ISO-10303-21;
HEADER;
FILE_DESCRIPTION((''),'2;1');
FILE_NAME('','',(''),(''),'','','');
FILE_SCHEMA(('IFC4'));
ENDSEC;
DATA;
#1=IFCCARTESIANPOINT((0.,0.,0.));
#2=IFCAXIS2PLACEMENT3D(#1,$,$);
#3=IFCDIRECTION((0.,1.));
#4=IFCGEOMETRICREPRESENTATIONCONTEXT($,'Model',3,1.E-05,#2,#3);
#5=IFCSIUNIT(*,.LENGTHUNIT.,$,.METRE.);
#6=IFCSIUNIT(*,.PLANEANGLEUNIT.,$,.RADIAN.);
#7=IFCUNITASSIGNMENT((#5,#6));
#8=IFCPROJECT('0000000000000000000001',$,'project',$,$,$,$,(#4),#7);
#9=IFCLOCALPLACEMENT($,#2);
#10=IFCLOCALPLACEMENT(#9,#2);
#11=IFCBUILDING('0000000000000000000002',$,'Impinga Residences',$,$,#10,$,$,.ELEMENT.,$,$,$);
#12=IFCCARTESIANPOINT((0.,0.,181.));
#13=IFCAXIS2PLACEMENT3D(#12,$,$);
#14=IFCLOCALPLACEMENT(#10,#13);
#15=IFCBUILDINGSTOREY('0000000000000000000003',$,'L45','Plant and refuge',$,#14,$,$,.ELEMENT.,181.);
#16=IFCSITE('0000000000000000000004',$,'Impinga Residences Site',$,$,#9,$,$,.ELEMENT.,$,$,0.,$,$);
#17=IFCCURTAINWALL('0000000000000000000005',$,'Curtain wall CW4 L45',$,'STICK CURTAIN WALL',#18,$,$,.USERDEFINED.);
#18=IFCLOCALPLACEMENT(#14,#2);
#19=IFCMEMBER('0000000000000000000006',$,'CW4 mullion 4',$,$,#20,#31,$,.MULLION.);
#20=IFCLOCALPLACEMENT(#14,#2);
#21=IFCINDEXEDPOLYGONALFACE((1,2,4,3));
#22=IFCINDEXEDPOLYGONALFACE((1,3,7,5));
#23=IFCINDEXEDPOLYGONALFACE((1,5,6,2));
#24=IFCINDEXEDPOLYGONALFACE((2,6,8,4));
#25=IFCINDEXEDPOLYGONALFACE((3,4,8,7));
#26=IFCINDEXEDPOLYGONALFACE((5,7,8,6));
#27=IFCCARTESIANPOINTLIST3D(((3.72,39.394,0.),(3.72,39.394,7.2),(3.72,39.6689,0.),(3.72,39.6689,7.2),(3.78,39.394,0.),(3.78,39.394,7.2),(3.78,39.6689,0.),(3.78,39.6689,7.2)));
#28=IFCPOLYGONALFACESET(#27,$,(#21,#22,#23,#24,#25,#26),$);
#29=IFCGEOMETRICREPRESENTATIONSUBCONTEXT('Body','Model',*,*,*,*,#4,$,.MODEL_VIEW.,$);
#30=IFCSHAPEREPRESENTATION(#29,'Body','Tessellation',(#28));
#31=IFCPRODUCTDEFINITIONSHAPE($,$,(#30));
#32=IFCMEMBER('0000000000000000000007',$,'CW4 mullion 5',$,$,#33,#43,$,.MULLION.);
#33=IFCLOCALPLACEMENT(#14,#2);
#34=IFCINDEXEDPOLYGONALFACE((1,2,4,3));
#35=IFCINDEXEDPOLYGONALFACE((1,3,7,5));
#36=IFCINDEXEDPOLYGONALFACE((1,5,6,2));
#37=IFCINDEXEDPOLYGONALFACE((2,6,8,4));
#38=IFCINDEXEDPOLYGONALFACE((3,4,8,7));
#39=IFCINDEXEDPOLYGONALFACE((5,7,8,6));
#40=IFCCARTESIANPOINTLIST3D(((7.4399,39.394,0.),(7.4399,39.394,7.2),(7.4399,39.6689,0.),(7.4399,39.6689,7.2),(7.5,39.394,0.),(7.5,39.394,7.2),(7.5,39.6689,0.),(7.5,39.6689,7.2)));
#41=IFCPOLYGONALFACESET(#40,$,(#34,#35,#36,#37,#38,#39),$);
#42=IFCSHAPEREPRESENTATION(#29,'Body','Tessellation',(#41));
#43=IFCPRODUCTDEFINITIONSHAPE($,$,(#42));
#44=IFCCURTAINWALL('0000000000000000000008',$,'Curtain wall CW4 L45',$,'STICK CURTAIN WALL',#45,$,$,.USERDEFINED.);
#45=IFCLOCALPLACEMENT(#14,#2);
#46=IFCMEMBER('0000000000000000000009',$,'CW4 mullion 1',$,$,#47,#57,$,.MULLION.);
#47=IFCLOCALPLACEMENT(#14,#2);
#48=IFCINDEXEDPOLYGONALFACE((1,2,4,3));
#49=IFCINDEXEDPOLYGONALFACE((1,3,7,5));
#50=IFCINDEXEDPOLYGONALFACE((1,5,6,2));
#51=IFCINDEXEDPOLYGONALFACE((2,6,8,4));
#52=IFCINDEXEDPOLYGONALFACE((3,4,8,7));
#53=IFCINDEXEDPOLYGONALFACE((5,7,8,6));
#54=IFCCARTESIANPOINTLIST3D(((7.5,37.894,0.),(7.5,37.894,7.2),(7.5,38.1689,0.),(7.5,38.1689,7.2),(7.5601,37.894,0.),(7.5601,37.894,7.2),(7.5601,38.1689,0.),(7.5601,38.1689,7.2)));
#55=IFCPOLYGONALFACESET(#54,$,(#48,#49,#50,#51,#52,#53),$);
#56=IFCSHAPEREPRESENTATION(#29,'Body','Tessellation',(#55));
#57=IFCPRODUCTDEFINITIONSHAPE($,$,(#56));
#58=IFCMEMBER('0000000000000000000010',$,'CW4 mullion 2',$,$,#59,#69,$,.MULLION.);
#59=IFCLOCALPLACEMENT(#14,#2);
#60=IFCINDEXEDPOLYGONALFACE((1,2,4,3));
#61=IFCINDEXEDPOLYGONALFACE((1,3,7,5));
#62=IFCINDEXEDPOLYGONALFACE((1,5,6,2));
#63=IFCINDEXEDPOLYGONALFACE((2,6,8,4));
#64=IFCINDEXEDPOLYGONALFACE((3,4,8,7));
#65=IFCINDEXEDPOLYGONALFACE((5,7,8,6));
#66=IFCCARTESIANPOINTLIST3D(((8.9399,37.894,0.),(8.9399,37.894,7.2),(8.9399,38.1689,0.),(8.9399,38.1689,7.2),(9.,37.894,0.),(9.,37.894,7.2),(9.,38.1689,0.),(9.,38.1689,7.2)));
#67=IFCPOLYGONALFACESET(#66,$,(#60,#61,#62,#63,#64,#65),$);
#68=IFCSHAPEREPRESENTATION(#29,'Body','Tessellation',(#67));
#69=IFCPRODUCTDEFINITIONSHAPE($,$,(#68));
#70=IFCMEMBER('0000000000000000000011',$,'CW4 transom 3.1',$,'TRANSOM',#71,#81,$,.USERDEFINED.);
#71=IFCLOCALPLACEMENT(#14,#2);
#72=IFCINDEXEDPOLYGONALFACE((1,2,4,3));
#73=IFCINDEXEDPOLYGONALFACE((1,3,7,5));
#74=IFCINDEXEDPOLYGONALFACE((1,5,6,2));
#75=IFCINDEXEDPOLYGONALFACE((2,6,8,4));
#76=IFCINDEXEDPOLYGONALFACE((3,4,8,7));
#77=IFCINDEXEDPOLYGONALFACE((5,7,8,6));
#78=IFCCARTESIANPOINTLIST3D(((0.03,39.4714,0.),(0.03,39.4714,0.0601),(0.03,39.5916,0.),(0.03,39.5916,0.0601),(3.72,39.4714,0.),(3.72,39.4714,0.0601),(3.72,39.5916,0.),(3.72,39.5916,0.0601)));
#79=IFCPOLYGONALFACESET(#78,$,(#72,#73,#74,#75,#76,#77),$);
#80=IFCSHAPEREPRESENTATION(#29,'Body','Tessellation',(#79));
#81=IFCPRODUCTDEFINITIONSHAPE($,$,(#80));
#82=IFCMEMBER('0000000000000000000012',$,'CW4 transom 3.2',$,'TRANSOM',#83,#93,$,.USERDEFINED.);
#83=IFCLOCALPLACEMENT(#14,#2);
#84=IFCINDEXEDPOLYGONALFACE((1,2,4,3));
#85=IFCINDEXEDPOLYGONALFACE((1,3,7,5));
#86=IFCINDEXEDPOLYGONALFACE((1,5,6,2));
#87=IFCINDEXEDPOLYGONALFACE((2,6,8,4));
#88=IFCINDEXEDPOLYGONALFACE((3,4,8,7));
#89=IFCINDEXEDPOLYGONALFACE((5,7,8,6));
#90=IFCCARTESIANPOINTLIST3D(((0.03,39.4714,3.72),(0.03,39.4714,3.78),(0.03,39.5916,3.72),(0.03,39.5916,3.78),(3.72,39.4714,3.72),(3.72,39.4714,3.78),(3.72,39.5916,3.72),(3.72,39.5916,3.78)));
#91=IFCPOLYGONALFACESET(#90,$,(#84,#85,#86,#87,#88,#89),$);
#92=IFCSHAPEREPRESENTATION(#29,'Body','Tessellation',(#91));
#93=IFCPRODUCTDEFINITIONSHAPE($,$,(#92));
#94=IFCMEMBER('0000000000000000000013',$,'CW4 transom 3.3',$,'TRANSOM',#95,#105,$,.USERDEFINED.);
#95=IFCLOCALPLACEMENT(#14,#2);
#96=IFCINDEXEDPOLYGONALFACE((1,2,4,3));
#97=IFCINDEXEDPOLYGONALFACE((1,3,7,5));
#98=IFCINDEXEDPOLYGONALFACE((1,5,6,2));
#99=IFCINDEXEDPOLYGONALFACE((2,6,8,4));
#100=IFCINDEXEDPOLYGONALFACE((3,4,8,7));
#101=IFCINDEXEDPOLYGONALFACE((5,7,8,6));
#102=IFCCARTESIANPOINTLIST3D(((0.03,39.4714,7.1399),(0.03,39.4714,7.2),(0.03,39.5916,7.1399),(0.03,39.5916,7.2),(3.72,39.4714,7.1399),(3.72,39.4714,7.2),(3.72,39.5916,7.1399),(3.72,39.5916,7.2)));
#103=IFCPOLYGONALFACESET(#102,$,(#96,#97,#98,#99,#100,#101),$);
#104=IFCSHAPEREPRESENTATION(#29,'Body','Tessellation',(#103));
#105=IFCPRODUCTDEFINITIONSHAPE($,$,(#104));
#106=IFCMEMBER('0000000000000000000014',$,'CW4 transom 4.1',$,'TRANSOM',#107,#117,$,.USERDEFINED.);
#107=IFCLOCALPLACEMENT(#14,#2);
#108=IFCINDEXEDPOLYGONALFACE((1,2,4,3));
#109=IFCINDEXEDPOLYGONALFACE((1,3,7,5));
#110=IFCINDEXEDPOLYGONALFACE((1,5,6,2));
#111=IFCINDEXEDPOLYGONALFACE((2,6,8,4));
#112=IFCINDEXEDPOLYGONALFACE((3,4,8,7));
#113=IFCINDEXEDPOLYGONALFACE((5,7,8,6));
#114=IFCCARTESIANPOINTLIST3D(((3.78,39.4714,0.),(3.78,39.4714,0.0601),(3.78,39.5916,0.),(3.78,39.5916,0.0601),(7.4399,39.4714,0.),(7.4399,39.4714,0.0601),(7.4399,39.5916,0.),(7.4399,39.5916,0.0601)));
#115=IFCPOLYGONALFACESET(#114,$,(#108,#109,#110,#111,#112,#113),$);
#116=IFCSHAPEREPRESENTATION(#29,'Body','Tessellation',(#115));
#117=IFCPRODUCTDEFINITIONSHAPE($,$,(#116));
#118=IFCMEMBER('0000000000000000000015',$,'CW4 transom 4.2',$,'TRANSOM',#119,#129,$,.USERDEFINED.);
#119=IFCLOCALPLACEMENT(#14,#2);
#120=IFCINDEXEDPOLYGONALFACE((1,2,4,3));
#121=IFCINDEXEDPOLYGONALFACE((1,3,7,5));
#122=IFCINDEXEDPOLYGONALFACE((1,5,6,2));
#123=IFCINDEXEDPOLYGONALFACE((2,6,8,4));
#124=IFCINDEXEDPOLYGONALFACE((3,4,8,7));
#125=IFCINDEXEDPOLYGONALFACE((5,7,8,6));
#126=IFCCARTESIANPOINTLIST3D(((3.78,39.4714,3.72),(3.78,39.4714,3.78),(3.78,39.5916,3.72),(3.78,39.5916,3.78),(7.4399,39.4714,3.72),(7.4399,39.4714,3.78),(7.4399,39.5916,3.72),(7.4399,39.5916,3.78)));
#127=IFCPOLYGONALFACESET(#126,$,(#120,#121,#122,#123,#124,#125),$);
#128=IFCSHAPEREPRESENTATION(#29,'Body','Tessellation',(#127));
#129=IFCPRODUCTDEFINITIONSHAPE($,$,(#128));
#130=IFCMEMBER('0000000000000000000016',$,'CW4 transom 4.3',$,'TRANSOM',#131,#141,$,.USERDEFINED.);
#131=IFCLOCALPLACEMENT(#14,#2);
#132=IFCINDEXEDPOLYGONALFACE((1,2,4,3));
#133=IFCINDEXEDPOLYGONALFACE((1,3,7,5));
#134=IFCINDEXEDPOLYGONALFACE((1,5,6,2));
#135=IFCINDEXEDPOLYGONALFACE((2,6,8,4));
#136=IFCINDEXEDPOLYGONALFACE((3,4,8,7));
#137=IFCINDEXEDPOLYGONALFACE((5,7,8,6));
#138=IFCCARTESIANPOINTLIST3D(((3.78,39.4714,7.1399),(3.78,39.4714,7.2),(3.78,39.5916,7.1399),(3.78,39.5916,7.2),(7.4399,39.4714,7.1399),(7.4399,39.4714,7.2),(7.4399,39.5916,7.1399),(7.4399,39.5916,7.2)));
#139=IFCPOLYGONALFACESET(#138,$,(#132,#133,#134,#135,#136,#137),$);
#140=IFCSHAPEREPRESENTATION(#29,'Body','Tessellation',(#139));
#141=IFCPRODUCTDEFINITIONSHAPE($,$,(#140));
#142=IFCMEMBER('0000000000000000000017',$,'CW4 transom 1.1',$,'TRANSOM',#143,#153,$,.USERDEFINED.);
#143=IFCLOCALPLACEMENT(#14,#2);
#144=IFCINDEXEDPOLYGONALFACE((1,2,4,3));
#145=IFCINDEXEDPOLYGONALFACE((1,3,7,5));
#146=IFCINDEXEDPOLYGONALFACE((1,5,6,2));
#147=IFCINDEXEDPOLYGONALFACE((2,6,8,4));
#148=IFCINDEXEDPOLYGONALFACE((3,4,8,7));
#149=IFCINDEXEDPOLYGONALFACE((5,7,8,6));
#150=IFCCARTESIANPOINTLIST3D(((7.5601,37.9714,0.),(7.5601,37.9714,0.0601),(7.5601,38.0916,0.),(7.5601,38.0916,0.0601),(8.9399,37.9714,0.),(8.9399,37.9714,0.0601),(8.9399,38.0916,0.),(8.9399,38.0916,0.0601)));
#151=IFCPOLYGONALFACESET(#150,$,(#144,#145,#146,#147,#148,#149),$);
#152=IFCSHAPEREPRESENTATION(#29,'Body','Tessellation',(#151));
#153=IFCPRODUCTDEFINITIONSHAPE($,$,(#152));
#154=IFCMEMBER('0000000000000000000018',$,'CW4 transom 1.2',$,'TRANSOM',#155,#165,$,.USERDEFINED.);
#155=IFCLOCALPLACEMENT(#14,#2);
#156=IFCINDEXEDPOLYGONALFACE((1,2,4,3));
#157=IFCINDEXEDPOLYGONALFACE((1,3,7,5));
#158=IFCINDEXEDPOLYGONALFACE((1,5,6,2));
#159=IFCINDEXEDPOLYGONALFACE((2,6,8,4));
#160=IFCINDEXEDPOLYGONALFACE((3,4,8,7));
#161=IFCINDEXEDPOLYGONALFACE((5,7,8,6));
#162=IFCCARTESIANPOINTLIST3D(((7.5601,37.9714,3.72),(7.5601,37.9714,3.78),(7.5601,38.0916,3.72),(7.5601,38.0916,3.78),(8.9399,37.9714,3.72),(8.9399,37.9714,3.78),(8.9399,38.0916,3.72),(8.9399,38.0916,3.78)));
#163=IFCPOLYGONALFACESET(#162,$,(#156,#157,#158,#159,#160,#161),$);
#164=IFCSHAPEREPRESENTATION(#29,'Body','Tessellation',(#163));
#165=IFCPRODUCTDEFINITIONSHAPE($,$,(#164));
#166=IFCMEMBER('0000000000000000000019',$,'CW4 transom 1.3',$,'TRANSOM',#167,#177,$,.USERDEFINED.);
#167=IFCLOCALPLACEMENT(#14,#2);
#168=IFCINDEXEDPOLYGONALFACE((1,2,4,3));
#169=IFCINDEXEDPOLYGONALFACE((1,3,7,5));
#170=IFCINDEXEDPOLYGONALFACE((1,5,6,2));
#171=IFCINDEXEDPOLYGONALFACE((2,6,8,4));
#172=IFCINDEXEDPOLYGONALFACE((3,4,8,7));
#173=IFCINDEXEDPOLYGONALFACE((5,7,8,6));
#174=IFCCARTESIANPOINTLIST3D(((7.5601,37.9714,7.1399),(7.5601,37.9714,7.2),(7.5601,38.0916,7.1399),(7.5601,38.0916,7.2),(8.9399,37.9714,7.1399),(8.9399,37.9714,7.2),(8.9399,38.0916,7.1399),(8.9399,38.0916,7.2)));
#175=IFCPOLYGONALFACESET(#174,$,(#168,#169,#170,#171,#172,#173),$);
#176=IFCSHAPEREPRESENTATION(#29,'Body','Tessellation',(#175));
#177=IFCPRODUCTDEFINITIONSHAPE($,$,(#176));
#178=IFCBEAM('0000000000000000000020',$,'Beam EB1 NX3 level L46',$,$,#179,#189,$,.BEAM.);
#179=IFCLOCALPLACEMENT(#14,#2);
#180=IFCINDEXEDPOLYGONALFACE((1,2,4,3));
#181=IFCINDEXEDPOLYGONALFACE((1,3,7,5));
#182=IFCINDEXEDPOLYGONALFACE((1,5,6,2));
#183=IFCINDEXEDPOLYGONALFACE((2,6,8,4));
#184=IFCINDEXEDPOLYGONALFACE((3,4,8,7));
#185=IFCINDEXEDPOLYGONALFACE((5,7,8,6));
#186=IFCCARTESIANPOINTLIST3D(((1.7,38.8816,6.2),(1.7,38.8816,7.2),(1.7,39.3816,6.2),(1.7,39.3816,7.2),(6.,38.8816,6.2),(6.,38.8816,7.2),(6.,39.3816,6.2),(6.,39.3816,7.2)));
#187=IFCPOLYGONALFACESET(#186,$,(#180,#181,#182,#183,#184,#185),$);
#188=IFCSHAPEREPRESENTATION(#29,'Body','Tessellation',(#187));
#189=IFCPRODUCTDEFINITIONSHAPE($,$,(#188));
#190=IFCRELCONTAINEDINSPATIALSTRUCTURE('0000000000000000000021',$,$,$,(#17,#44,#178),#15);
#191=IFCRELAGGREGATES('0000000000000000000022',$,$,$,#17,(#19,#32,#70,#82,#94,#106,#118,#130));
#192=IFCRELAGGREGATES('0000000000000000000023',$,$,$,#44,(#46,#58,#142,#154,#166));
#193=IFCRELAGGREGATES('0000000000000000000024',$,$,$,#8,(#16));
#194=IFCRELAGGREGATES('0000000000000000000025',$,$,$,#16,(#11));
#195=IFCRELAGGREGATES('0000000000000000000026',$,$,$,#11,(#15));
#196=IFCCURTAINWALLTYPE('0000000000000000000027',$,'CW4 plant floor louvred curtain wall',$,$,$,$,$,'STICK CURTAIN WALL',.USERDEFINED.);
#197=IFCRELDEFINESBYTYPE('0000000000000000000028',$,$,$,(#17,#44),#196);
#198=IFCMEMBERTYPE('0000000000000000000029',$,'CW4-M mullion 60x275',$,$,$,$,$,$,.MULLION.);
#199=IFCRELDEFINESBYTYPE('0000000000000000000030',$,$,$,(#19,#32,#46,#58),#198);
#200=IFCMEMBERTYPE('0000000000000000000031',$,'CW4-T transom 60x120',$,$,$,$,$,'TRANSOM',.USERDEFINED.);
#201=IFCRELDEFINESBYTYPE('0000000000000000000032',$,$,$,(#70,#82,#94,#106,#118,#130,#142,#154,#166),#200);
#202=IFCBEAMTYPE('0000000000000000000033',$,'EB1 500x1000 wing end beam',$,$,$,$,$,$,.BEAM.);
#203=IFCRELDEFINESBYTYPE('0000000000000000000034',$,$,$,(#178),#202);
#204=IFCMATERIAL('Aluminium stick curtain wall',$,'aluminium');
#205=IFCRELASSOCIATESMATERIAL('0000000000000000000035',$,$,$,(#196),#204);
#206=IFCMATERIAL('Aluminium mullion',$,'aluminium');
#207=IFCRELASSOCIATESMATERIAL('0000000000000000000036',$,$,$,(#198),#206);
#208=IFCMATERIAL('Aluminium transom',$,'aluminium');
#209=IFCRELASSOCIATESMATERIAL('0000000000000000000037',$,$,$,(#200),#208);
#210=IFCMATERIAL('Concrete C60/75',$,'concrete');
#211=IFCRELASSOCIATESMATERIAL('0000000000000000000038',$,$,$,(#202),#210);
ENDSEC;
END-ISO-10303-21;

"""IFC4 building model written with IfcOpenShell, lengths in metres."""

from ifc_helpers import new_model, si_unit, direction, frame, origin, origin_2d, place, context, subcontext, project, spatial, rectangle, extrude, material, material_profile, profile_set, type_object, element, aggregate, save


model = new_model("IFC4")

# Units and contexts
model_context = context("Model", 3, precision=1e-05, world=origin(), true_north=direction((0.0, 1.0)))
body_context = subcontext(model_context, "Body", "Model", "MODEL_VIEW")
ifc_project = project(units=[si_unit("LENGTHUNIT", "METRE"), si_unit("PLANEANGLEUNIT", "RADIAN")], contexts=[model_context])

# Site, building, storey
site_placement = place(None, origin())
site = spatial("IfcSite", under=ifc_project, at=site_placement, Name="Impinga Residences Site", CompositionType="ELEMENT", RefElevation=0.0)
building_placement = place(site_placement, origin())
building = spatial("IfcBuilding", under=site, at=building_placement, Name="Impinga Residences", CompositionType="ELEMENT")
storey_placement = place(building_placement, frame((0.0, 0.0, 181.0)))
storey = spatial("IfcBuildingStorey", under=building, at=storey_placement, Name="L45", Description="Plant and refuge", CompositionType="ELEMENT", Elevation=181.0)

# Curtain walls, members
ifc_material_1 = material(Name="Aluminium stick curtain wall", Category="aluminium")
curtain_wall_type = type_object("IfcCurtainWallType", Name="CW4 plant floor louvred curtain wall", ElementType="STICK CURTAIN WALL", PredefinedType="USERDEFINED", material=ifc_material_1)
curtain_wall_1_placement = place(storey_placement, origin())
curtain_wall_1 = element("IfcCurtainWall", 1, at=curtain_wall_1_placement, inside=storey, type_object=curtain_wall_type, Name="Curtain wall CW4 L45", ObjectType="STICK CURTAIN WALL", PredefinedType="USERDEFINED")
ifc_material_2 = material(Name="Aluminium mullion", Category="aluminium")
ifc_material_profile_1 = material_profile(ifc_material_2, rectangle(XDim=0.0601, YDim=0.2749, at=origin_2d()), Name="60x275 mullion")
ifc_profile_set_1 = profile_set([ifc_material_profile_1], Name="Aluminium mullion")
member_type_1 = type_object("IfcMemberType", Name="CW4-M mullion 60x275", PredefinedType="MULLION", material=ifc_profile_set_1)
member_1_placement = place(storey_placement, frame((3.75, 39.5315, 0.0), z_axis=(0.0, 0.0, 1.0), x_axis=(1.0, 0.0, 0.0)))
member_1 = element("IfcMember", 2, at=member_1_placement, type_object=member_type_1, Name="CW4 mullion 4", PredefinedType="MULLION", context=body_context, shape_type="SweptSolid", body=[
    extrude(rectangle(XDim=0.0601, YDim=0.2749, at=origin_2d()), origin(), (0.0, 0.0, 1.0), 7.2),
])
member_2_placement = place(storey_placement, frame((7.47, 39.5315, 0.0), z_axis=(0.0, 0.0, 1.0), x_axis=(1.0, 0.0, 0.0)))
member_2 = element("IfcMember", 3, at=member_2_placement, type_object=member_type_1, Name="CW4 mullion 5", PredefinedType="MULLION", context=body_context, shape_type="SweptSolid", body=[
    extrude(rectangle(XDim=0.0601, YDim=0.2749, at=origin_2d()), origin(), (0.0, 0.0, 1.0), 7.2),
])
curtain_wall_2_placement = place(storey_placement, origin())
curtain_wall_2 = element("IfcCurtainWall", 4, at=curtain_wall_2_placement, inside=storey, type_object=curtain_wall_type, Name="Curtain wall CW4 L45", ObjectType="STICK CURTAIN WALL", PredefinedType="USERDEFINED")
member_3_placement = place(storey_placement, frame((7.53, 38.0315, 0.0), z_axis=(0.0, 0.0, 1.0), x_axis=(1.0, 0.0, 0.0)))
member_3 = element("IfcMember", 5, at=member_3_placement, type_object=member_type_1, Name="CW4 mullion 1", PredefinedType="MULLION", context=body_context, shape_type="SweptSolid", body=[
    extrude(rectangle(XDim=0.0601, YDim=0.2749, at=origin_2d()), origin(), (0.0, 0.0, 1.0), 7.2),
])
member_4_placement = place(storey_placement, frame((8.97, 38.0315, 0.0), z_axis=(0.0, 0.0, 1.0), x_axis=(1.0, 0.0, 0.0)))
member_4 = element("IfcMember", 6, at=member_4_placement, type_object=member_type_1, Name="CW4 mullion 2", PredefinedType="MULLION", context=body_context, shape_type="SweptSolid", body=[
    extrude(rectangle(XDim=0.0601, YDim=0.2749, at=origin_2d()), origin(), (0.0, 0.0, 1.0), 7.2),
])

# Members
ifc_material_3 = material(Name="Aluminium transom", Category="aluminium")
ifc_material_profile_2 = material_profile(ifc_material_3, rectangle(XDim=0.0601, YDim=0.1201, at=origin_2d()), Name="60x120 transom")
ifc_profile_set_2 = profile_set([ifc_material_profile_2], Name="Aluminium transom")
member_type_2 = type_object("IfcMemberType", Name="CW4-T transom 60x120", ElementType="TRANSOM", PredefinedType="USERDEFINED", material=ifc_profile_set_2)
member_5_placement = place(storey_placement, frame((0.03, 39.5315, 0.03), z_axis=(1.0, 0.0, 0.0), x_axis=(0.0, 0.0, 1.0)))
member_5 = element("IfcMember", 7, at=member_5_placement, type_object=member_type_2, Name="CW4 transom 3.1", ObjectType="TRANSOM", PredefinedType="USERDEFINED", context=body_context, shape_type="SweptSolid", body=[
    extrude(rectangle(XDim=0.0601, YDim=0.1201, at=origin_2d()), origin(), (0.0, 0.0, 1.0), 3.6899),
])
member_6_placement = place(storey_placement, frame((0.03, 39.5315, 3.75), z_axis=(1.0, 0.0, 0.0), x_axis=(0.0, 0.0, 1.0)))
member_6 = element("IfcMember", 8, at=member_6_placement, type_object=member_type_2, Name="CW4 transom 3.2", ObjectType="TRANSOM", PredefinedType="USERDEFINED", context=body_context, shape_type="SweptSolid", body=[
    extrude(rectangle(XDim=0.0601, YDim=0.1201, at=origin_2d()), origin(), (0.0, 0.0, 1.0), 3.6899),
])
member_7_placement = place(storey_placement, frame((0.03, 39.5315, 7.1699), z_axis=(1.0, 0.0, 0.0), x_axis=(0.0, 0.0, 1.0)))
member_7 = element("IfcMember", 9, at=member_7_placement, type_object=member_type_2, Name="CW4 transom 3.3", ObjectType="TRANSOM", PredefinedType="USERDEFINED", context=body_context, shape_type="SweptSolid", body=[
    extrude(rectangle(XDim=0.0601, YDim=0.1201, at=origin_2d()), origin(), (0.0, 0.0, 1.0), 3.6899),
])
member_8_placement = place(storey_placement, frame((3.78, 39.5315, 0.03), z_axis=(1.0, 0.0, 0.0), x_axis=(0.0, 0.0, 1.0)))
member_8 = element("IfcMember", 10, at=member_8_placement, type_object=member_type_2, Name="CW4 transom 4.1", ObjectType="TRANSOM", PredefinedType="USERDEFINED", context=body_context, shape_type="SweptSolid", body=[
    extrude(rectangle(XDim=0.0601, YDim=0.1201, at=origin_2d()), origin(), (0.0, 0.0, 1.0), 3.6599),
])
member_9_placement = place(storey_placement, frame((3.78, 39.5315, 3.75), z_axis=(1.0, 0.0, 0.0), x_axis=(0.0, 0.0, 1.0)))
member_9 = element("IfcMember", 11, at=member_9_placement, type_object=member_type_2, Name="CW4 transom 4.2", ObjectType="TRANSOM", PredefinedType="USERDEFINED", context=body_context, shape_type="SweptSolid", body=[
    extrude(rectangle(XDim=0.0601, YDim=0.1201, at=origin_2d()), origin(), (0.0, 0.0, 1.0), 3.6599),
])
member_10_placement = place(storey_placement, frame((3.78, 39.5315, 7.1699), z_axis=(1.0, 0.0, 0.0), x_axis=(0.0, 0.0, 1.0)))
member_10 = element("IfcMember", 12, at=member_10_placement, type_object=member_type_2, Name="CW4 transom 4.3", ObjectType="TRANSOM", PredefinedType="USERDEFINED", context=body_context, shape_type="SweptSolid", body=[
    extrude(rectangle(XDim=0.0601, YDim=0.1201, at=origin_2d()), origin(), (0.0, 0.0, 1.0), 3.6599),
])
member_11_placement = place(storey_placement, frame((7.5601, 38.0315, 0.03), z_axis=(1.0, 0.0, 0.0), x_axis=(0.0, 0.0, 1.0)))
member_11 = element("IfcMember", 13, at=member_11_placement, type_object=member_type_2, Name="CW4 transom 1.1", ObjectType="TRANSOM", PredefinedType="USERDEFINED", context=body_context, shape_type="SweptSolid", body=[
    extrude(rectangle(XDim=0.0601, YDim=0.1201, at=origin_2d()), origin(), (0.0, 0.0, 1.0), 1.3799),
])
member_12_placement = place(storey_placement, frame((7.5601, 38.0315, 3.75), z_axis=(1.0, 0.0, 0.0), x_axis=(0.0, 0.0, 1.0)))
member_12 = element("IfcMember", 14, at=member_12_placement, type_object=member_type_2, Name="CW4 transom 1.2", ObjectType="TRANSOM", PredefinedType="USERDEFINED", context=body_context, shape_type="SweptSolid", body=[
    extrude(rectangle(XDim=0.0601, YDim=0.1201, at=origin_2d()), origin(), (0.0, 0.0, 1.0), 1.3799),
])
member_13_placement = place(storey_placement, frame((7.5601, 38.0315, 7.1699), z_axis=(1.0, 0.0, 0.0), x_axis=(0.0, 0.0, 1.0)))
member_13 = element("IfcMember", 15, at=member_13_placement, type_object=member_type_2, Name="CW4 transom 1.3", ObjectType="TRANSOM", PredefinedType="USERDEFINED", context=body_context, shape_type="SweptSolid", body=[
    extrude(rectangle(XDim=0.0601, YDim=0.1201, at=origin_2d()), origin(), (0.0, 0.0, 1.0), 1.3799),
])

# Beam
ifc_material_4 = material(Name="Concrete C60/75", Category="concrete")
ifc_material_profile_3 = material_profile(ifc_material_4, rectangle(XDim=0.5, YDim=1.0, at=origin_2d()), Name="RC 500x1000")
ifc_profile_set_3 = profile_set([ifc_material_profile_3], Name="Concrete C60/75")
beam_type = type_object("IfcBeamType", Name="EB1 500x1000 wing end beam", PredefinedType="BEAM", material=ifc_profile_set_3)
beam_placement = place(storey_placement, frame((1.7, 39.1316, 6.7), z_axis=(1.0, 0.0, 0.0), x_axis=(0.0, 1.0, 0.0)))
element("IfcBeam", 16, at=beam_placement, inside=storey, type_object=beam_type, Name="Beam EB1 NX3 level L46", PredefinedType="BEAM", context=body_context, shape_type="SweptSolid", body=[
    extrude(rectangle(XDim=0.5, YDim=1.0, at=origin_2d()), origin(), (0.0, 0.0, 1.0), 4.3),
])

aggregate(curtain_wall_1, [member_1, member_2, member_5, member_6, member_7, member_8, member_9, member_10])
aggregate(curtain_wall_2, [member_3, member_4, member_11, member_12, member_13])

save(model, "model.ifc")
